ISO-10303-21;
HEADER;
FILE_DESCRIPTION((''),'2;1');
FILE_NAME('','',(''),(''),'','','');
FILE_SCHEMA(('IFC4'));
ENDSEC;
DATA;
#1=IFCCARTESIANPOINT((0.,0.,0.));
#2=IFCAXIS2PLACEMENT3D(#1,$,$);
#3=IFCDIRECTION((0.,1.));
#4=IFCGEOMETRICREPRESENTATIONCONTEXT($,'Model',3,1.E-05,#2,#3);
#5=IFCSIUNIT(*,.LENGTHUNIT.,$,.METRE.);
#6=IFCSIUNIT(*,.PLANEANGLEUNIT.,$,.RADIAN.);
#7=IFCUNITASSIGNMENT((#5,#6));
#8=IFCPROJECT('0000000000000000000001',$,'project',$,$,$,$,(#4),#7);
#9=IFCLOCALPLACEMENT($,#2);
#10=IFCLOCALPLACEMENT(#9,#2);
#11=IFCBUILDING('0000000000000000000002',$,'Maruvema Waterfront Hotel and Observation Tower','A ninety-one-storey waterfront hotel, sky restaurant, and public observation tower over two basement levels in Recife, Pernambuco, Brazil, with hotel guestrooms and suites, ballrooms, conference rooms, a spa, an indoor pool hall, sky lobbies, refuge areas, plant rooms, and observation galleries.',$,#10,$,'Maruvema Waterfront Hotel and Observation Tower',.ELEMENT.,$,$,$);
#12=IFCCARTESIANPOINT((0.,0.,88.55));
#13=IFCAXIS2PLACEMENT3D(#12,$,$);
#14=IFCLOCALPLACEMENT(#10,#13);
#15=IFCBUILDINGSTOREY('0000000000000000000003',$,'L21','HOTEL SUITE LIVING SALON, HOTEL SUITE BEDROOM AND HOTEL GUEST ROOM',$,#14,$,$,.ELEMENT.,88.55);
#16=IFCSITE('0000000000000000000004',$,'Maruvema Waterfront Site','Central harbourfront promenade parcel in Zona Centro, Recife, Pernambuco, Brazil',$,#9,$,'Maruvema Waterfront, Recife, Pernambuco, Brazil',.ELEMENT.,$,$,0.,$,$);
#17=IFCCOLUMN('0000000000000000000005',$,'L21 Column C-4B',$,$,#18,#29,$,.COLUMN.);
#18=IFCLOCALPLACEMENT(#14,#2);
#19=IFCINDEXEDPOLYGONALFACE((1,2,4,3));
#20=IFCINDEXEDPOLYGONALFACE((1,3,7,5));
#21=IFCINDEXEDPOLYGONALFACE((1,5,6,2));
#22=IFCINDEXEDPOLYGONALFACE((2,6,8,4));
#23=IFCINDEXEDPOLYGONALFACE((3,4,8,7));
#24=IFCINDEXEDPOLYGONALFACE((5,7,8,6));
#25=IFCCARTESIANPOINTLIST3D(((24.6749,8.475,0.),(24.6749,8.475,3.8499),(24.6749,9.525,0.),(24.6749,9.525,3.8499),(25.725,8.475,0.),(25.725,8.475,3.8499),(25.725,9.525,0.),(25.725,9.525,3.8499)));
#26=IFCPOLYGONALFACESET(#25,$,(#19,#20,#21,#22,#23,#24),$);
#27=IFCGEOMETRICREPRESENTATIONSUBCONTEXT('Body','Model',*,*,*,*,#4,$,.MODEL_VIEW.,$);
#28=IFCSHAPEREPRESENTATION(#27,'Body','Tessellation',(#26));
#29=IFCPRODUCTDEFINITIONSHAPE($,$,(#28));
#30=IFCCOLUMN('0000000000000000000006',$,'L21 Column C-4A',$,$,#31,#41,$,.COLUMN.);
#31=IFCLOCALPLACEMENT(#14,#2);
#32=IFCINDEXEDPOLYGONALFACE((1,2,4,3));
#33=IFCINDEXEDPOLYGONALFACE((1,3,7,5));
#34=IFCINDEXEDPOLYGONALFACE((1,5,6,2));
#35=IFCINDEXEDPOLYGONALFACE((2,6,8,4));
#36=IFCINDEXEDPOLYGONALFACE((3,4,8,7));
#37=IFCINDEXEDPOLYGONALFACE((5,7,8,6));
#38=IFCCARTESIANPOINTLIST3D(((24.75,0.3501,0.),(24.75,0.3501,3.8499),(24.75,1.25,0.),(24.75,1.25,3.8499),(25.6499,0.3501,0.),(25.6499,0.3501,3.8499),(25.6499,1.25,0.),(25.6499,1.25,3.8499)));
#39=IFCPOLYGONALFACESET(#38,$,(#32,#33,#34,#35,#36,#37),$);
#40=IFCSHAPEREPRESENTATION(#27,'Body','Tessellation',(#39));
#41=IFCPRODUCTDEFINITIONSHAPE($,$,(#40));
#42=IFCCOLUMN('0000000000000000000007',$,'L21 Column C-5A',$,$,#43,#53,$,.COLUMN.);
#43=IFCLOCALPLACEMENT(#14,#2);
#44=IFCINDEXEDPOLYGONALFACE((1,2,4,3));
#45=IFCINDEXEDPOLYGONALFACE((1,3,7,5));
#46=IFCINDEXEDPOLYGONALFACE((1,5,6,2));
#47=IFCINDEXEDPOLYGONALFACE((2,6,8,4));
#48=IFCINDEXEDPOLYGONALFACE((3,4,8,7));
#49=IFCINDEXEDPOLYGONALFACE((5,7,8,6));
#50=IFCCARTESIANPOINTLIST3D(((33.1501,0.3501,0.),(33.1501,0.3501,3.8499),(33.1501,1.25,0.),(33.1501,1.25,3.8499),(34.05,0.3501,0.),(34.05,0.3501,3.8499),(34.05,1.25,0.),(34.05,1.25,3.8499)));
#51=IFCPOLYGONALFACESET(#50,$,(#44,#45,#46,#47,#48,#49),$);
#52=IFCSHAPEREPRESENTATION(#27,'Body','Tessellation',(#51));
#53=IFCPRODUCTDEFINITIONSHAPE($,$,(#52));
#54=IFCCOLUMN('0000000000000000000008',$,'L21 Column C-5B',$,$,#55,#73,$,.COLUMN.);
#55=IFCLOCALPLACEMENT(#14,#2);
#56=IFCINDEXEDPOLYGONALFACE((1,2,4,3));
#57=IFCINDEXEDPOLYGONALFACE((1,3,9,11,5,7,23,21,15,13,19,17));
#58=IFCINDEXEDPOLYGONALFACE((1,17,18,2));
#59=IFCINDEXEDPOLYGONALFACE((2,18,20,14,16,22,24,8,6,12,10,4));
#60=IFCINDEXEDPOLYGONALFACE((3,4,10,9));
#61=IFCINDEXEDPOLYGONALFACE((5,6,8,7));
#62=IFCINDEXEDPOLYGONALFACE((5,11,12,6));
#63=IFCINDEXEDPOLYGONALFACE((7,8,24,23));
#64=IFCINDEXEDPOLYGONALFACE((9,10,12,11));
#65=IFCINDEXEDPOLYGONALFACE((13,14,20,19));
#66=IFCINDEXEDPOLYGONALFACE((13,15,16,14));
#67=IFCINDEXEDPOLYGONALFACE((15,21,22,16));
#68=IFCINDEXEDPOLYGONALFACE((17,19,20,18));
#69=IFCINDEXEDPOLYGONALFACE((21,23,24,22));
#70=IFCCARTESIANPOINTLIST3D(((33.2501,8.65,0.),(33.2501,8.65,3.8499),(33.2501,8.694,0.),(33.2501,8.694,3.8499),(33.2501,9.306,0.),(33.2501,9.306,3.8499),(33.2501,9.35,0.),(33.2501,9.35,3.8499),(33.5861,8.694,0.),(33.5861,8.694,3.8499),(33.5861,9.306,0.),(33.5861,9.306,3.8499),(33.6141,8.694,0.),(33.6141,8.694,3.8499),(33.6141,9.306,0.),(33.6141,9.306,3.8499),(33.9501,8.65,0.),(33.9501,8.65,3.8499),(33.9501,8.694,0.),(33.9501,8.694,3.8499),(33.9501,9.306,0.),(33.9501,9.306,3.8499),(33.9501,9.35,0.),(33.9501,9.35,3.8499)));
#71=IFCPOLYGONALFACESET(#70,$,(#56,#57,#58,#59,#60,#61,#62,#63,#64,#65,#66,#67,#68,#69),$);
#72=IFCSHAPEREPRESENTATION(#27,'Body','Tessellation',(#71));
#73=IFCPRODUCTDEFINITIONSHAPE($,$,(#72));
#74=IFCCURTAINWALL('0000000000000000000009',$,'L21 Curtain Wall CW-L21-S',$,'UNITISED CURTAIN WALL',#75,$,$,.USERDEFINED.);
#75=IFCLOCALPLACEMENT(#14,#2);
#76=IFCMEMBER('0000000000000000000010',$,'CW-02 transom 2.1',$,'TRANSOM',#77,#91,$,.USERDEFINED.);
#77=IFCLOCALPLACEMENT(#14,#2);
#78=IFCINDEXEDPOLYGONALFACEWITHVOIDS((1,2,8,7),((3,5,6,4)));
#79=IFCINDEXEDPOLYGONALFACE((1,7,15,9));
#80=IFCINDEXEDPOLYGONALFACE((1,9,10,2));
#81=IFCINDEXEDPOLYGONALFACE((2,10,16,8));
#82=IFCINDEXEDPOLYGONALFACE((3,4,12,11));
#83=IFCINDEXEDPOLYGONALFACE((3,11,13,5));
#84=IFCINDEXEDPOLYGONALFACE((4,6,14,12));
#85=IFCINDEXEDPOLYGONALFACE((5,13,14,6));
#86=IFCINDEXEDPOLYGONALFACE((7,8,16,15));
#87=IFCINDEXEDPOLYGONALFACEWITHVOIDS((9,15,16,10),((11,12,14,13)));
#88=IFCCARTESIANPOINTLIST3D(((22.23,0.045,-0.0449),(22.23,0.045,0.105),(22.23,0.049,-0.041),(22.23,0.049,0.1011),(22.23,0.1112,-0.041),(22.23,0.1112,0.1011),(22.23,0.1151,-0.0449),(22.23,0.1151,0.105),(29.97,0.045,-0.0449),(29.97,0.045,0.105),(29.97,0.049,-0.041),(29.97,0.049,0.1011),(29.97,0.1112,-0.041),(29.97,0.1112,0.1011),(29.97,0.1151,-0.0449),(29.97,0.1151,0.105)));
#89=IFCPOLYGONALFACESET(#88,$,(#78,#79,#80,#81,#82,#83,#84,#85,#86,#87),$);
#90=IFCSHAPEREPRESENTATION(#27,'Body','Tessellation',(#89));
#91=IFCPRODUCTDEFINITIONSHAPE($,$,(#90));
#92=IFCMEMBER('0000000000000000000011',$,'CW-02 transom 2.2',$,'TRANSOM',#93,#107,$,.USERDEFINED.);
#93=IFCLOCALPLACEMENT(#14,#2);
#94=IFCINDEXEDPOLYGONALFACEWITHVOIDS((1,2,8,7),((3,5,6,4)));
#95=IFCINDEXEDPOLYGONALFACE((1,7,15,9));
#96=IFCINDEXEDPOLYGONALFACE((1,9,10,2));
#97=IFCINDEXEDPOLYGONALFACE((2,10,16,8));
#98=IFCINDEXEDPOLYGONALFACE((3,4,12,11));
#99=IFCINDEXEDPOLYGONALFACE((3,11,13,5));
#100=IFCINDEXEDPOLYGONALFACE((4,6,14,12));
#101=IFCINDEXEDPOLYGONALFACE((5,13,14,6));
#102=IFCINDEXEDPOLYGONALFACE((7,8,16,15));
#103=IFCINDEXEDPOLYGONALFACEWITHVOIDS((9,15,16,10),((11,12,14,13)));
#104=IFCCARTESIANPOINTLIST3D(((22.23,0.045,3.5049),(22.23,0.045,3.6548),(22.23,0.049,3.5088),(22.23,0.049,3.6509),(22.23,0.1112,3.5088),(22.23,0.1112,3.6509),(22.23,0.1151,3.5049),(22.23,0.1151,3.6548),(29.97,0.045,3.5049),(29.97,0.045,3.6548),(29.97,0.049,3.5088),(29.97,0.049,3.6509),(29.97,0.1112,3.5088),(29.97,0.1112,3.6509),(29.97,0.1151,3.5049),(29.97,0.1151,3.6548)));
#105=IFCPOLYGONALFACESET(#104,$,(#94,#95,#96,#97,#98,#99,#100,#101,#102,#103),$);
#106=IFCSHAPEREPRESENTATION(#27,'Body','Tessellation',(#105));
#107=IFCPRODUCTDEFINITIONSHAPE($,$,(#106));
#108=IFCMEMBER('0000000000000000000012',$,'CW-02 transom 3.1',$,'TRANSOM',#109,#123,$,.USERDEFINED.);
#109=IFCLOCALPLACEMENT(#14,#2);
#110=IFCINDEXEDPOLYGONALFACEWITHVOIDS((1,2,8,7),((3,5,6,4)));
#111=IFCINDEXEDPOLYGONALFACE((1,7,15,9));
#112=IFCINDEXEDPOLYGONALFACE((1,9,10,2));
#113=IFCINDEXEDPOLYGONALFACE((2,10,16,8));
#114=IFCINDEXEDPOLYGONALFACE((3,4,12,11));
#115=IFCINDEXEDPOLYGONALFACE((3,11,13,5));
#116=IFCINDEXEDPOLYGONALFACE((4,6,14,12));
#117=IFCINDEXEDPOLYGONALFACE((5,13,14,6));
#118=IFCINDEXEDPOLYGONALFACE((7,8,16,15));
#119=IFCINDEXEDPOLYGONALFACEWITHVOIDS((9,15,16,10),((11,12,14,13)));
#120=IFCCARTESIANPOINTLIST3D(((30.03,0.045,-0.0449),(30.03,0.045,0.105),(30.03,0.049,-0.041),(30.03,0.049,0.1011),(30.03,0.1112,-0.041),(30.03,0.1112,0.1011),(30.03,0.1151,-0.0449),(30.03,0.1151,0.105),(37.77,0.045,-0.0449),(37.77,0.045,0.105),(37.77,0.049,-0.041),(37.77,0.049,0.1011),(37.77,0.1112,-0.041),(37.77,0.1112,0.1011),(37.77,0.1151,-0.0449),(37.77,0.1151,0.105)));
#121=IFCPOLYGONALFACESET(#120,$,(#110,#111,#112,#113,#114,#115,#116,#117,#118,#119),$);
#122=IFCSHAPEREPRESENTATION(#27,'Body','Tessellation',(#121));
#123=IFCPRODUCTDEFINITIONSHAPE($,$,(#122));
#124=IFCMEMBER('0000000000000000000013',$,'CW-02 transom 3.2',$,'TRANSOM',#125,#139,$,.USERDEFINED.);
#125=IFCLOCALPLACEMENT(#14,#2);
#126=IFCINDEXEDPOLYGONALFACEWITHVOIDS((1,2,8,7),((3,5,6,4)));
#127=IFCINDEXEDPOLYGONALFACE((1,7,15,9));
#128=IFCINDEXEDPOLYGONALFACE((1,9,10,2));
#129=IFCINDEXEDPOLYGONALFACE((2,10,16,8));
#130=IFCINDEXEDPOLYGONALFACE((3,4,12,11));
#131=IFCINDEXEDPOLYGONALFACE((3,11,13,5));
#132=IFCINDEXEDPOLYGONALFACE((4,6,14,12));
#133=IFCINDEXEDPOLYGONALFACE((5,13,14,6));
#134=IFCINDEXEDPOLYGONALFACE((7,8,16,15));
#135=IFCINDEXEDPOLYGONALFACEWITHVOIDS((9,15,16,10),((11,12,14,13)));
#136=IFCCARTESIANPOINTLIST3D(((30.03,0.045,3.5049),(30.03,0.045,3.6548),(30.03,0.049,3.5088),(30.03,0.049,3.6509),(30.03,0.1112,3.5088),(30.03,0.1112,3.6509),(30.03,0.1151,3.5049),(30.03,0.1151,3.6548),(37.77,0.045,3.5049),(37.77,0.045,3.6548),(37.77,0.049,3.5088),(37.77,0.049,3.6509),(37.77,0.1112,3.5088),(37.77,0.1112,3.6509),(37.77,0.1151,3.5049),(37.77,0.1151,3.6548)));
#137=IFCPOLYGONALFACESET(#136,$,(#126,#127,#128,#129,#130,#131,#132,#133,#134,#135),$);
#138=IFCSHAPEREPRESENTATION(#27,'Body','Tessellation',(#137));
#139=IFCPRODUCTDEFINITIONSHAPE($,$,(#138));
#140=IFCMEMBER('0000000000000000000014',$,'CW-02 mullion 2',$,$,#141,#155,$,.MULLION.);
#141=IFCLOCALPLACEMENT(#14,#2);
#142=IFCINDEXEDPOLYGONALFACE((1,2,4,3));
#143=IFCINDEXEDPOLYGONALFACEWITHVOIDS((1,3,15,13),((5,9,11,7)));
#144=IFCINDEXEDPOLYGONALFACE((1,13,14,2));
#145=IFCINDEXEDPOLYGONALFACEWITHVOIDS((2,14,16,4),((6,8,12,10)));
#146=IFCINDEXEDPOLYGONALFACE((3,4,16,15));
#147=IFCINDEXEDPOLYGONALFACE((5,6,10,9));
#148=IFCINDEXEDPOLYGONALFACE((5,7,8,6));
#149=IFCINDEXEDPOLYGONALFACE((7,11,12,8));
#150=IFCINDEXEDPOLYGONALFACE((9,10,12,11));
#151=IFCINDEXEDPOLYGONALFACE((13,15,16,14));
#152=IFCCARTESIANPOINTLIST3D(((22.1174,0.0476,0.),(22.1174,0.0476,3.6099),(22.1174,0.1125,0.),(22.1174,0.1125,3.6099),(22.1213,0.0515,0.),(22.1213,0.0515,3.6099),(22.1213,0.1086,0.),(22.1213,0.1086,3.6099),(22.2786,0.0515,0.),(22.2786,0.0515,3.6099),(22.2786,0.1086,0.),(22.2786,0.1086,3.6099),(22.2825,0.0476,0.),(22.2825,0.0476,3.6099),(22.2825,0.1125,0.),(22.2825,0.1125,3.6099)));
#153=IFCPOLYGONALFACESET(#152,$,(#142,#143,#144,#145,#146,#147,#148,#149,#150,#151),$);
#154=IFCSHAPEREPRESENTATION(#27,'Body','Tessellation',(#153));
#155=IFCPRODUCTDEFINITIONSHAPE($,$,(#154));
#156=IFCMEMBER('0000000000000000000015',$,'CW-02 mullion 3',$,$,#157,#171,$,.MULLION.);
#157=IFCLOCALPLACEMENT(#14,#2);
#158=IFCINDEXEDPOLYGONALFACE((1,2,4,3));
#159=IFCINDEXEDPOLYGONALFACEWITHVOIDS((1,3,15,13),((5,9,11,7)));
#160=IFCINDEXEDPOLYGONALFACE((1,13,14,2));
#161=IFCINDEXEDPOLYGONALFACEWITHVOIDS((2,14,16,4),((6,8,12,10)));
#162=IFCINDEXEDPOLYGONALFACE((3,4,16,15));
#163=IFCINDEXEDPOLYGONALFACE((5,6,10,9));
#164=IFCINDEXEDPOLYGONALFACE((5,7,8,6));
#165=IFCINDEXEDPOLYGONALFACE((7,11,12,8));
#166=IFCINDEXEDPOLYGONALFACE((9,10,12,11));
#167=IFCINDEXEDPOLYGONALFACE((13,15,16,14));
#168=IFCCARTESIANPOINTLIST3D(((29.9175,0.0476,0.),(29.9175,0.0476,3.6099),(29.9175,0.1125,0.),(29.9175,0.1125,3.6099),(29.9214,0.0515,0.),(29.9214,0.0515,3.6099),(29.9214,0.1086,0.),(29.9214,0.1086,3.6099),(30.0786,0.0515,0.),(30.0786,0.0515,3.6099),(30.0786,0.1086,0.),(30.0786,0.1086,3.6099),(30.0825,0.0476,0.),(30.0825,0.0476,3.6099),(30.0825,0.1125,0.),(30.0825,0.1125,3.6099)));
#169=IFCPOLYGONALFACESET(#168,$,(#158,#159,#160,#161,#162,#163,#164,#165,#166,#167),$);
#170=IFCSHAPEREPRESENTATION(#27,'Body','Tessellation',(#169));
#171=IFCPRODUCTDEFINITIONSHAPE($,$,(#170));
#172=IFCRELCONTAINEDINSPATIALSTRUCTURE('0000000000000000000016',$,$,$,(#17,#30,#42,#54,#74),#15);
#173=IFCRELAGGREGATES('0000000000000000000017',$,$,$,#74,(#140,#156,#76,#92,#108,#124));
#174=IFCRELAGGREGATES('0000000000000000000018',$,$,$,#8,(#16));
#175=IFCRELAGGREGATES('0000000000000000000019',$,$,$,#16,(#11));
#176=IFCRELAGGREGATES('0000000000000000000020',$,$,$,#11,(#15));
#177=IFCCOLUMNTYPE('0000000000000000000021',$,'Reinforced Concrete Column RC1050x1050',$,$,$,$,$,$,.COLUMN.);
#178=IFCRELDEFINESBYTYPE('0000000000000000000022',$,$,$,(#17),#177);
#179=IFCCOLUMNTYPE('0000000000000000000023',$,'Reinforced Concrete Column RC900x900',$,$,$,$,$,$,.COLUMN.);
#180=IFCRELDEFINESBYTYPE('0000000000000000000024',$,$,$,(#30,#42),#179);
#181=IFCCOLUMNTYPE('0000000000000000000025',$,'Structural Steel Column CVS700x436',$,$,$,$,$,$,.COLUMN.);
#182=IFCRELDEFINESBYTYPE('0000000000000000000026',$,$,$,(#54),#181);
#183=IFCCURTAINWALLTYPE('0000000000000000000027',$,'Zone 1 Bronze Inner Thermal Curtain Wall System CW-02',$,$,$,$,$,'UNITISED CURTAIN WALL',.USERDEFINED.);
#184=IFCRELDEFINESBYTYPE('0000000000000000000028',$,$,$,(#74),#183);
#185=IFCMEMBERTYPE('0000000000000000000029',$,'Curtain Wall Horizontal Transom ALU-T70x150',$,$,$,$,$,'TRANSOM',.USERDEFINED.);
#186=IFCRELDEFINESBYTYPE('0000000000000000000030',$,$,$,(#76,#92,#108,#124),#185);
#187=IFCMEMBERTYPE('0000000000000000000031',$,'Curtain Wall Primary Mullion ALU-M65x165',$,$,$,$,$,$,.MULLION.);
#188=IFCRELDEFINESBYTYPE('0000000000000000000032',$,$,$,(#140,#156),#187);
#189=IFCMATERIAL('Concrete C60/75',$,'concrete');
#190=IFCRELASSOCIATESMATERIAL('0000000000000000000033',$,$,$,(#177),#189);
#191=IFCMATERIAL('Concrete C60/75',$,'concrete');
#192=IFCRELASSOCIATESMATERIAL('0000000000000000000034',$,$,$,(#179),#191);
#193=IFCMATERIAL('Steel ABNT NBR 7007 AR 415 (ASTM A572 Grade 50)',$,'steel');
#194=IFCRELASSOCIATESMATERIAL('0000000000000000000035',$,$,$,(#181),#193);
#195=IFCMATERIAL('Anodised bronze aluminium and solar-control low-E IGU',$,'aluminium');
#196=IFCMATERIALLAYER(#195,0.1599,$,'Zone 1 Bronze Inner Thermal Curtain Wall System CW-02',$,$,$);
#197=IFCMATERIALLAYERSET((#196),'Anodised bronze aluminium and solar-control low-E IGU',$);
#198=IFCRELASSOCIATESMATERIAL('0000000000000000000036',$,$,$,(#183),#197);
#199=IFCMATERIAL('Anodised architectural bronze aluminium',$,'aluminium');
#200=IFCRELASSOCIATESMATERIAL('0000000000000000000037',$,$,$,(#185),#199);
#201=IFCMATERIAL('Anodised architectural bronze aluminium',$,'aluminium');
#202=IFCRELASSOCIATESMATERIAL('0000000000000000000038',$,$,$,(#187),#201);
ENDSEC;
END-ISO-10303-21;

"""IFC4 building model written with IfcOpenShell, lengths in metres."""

from ifc_helpers import new_model, si_unit, direction, frame, origin, origin_2d, place, context, subcontext, project, spatial, rectangle, hollow_rectangle, i_section, extrude, material, layer, layer_set, material_profile, profile_set, type_object, element, aggregate, save


model = new_model("IFC4")

# Units and contexts
model_context = context("Model", 3, precision=1e-05, world=origin(), true_north=direction((0.0, 1.0)))
body_context = subcontext(model_context, "Body", "Model", "MODEL_VIEW")
ifc_project = project(units=[si_unit("LENGTHUNIT", "METRE"), si_unit("PLANEANGLEUNIT", "RADIAN")], contexts=[model_context])

# Site, building, storey
site_placement = place(None, origin())
site = spatial("IfcSite", under=ifc_project, at=site_placement, Name="Maruvema Waterfront Site", Description="Central harbourfront promenade parcel in Zona Centro, Recife, Pernambuco, Brazil", LongName="Maruvema Waterfront, Recife, Pernambuco, Brazil", CompositionType="ELEMENT", RefElevation=0.0)
building_placement = place(site_placement, origin())
building = spatial("IfcBuilding", under=site, at=building_placement, Name="Maruvema Waterfront Hotel and Observation Tower", Description="A ninety-one-storey waterfront hotel, sky restaurant, and public observation tower over two basement levels in Recife, Pernambuco, Brazil, with hotel guestrooms and suites, ballrooms, conference rooms, a spa, an indoor pool hall, sky lobbies, refuge areas, plant rooms, and observation galleries.", LongName="Maruvema Waterfront Hotel and Observation Tower", CompositionType="ELEMENT")
storey_placement = place(building_placement, frame((0.0, 0.0, 88.55)))
storey = spatial("IfcBuildingStorey", under=building, at=storey_placement, Name="L21", Description="HOTEL SUITE LIVING SALON, HOTEL SUITE BEDROOM AND HOTEL GUEST ROOM", CompositionType="ELEMENT", Elevation=88.55)

# Columns
ifc_material_1 = material(Name="Concrete C60/75", Category="concrete")
ifc_material_profile_1 = material_profile(ifc_material_1, rectangle(XDim=1.05, YDim=1.05, at=origin_2d()), Name="RC1050x1050")
ifc_profile_set_1 = profile_set([ifc_material_profile_1], Name="Concrete C60/75")
column_type_1 = type_object("IfcColumnType", Name="Reinforced Concrete Column RC1050x1050", PredefinedType="COLUMN", material=ifc_profile_set_1)
column_1_placement = place(storey_placement, frame((25.2, 9.0, 0.0), z_axis=(0.0, 0.0, 1.0), x_axis=(1.0, 0.0, 0.0)))
element("IfcColumn", 1, at=column_1_placement, inside=storey, type_object=column_type_1, Name="L21 Column C-4B", PredefinedType="COLUMN", context=body_context, shape_type="SweptSolid", body=[
    extrude(rectangle(XDim=1.05, YDim=1.05, at=origin_2d()), origin(), (0.0, 0.0, 1.0), 3.8499),
])
ifc_material_2 = material(Name="Concrete C60/75", Category="concrete")
ifc_material_profile_2 = material_profile(ifc_material_2, rectangle(XDim=0.8999, YDim=0.8999, at=origin_2d()), Name="RC900x900")
ifc_profile_set_2 = profile_set([ifc_material_profile_2], Name="Concrete C60/75")
column_type_2 = type_object("IfcColumnType", Name="Reinforced Concrete Column RC900x900", PredefinedType="COLUMN", material=ifc_profile_set_2)
for number, where, z_axis, x_axis, name in (
    (2, (25.2, 0.8, 0.0), (0.0, 0.0, 1.0), (1.0, 0.0, 0.0), "L21 Column C-4A"),
    (3, (33.6001, 0.8, 0.0), (0.0, 0.0, 1.0), (1.0, 0.0, 0.0), "L21 Column C-5A"),
):
    element("IfcColumn", number, at=place(storey_placement, frame(where, z_axis=z_axis, x_axis=x_axis)), inside=storey, type_object=column_type_2, Name=name, PredefinedType="COLUMN", context=body_context, shape_type="SweptSolid", body=[
        extrude(rectangle(XDim=0.8999, YDim=0.8999, at=origin_2d()), origin(), (0.0, 0.0, 1.0), 3.8499),
    ])
ifc_material_3 = material(Name="Steel ABNT NBR 7007 AR 415 (ASTM A572 Grade 50)", Category="steel")
ifc_material_profile_3 = material_profile(ifc_material_3, i_section(OverallWidth=0.7, OverallDepth=0.7, WebThickness=0.0281, FlangeThickness=0.0439, at=origin_2d()), Name="CVS700x436")
ifc_profile_set_3 = profile_set([ifc_material_profile_3], Name="Steel ABNT NBR 7007 AR 415 (ASTM A572 Grade 50)")
column_type_3 = type_object("IfcColumnType", Name="Structural Steel Column CVS700x436", PredefinedType="COLUMN", material=ifc_profile_set_3)
column_2_placement = place(storey_placement, frame((33.6001, 9.0, 0.0), z_axis=(0.0, 0.0, 1.0), x_axis=(1.0, 0.0, 0.0)))
element("IfcColumn", 4, at=column_2_placement, inside=storey, type_object=column_type_3, Name="L21 Column C-5B", PredefinedType="COLUMN", context=body_context, shape_type="SweptSolid", body=[
    extrude(i_section(OverallWidth=0.7, OverallDepth=0.7, WebThickness=0.0281, FlangeThickness=0.0439, at=origin_2d()), origin(), (0.0, 0.0, 1.0), 3.8499),
])

# Curtain wall, members
ifc_material_4 = material(Name="Anodised bronze aluminium and solar-control low-E IGU", Category="aluminium")
ifc_layer_1 = layer(ifc_material_4, 0.1599, Name="Zone 1 Bronze Inner Thermal Curtain Wall System CW-02")
ifc_layer_set_1 = layer_set([ifc_layer_1], Name="Anodised bronze aluminium and solar-control low-E IGU")
curtain_wall_type = type_object("IfcCurtainWallType", Name="Zone 1 Bronze Inner Thermal Curtain Wall System CW-02", ElementType="UNITISED CURTAIN WALL", PredefinedType="USERDEFINED", material=ifc_layer_set_1)
curtain_wall_placement = place(storey_placement, origin())
curtain_wall = element("IfcCurtainWall", 5, at=curtain_wall_placement, inside=storey, type_object=curtain_wall_type, Name="L21 Curtain Wall CW-L21-S", ObjectType="UNITISED CURTAIN WALL", PredefinedType="USERDEFINED")
ifc_material_5 = material(Name="Anodised architectural bronze aluminium", Category="aluminium")
ifc_material_profile_4 = material_profile(ifc_material_5, hollow_rectangle(XDim=0.0701, YDim=0.1499, WallThickness=0.0039, at=origin_2d()), Name="ALU-T70x150")
ifc_profile_set_4 = profile_set([ifc_material_profile_4], Name="Anodised architectural bronze aluminium")
member_type_1 = type_object("IfcMemberType", Name="Curtain Wall Horizontal Transom ALU-T70x150", ElementType="TRANSOM", PredefinedType="USERDEFINED", material=ifc_profile_set_4)
member_1_placement = place(storey_placement, frame((22.23, 0.0801, 0.03), z_axis=(1.0, 0.0, 0.0), x_axis=(0.0, 1.0, 0.0)))
member_1 = element("IfcMember", 6, at=member_1_placement, type_object=member_type_1, Name="CW-02 transom 2.1", ObjectType="TRANSOM", PredefinedType="USERDEFINED", context=body_context, shape_type="SweptSolid", body=[
    extrude(hollow_rectangle(XDim=0.0701, YDim=0.1499, WallThickness=0.0039, at=origin_2d()), origin(), (0.0, 0.0, 1.0), 7.74),
])
member_2_placement = place(storey_placement, frame((22.23, 0.0801, 3.5798), z_axis=(1.0, 0.0, 0.0), x_axis=(0.0, 1.0, 0.0)))
member_2 = element("IfcMember", 7, at=member_2_placement, type_object=member_type_1, Name="CW-02 transom 2.2", ObjectType="TRANSOM", PredefinedType="USERDEFINED", context=body_context, shape_type="SweptSolid", body=[
    extrude(hollow_rectangle(XDim=0.0701, YDim=0.1499, WallThickness=0.0039, at=origin_2d()), origin(), (0.0, 0.0, 1.0), 7.74),
])
member_3_placement = place(storey_placement, frame((30.03, 0.0801, 0.03), z_axis=(1.0, 0.0, 0.0), x_axis=(0.0, 1.0, 0.0)))
member_3 = element("IfcMember", 8, at=member_3_placement, type_object=member_type_1, Name="CW-02 transom 3.1", ObjectType="TRANSOM", PredefinedType="USERDEFINED", context=body_context, shape_type="SweptSolid", body=[
    extrude(hollow_rectangle(XDim=0.0701, YDim=0.1499, WallThickness=0.0039, at=origin_2d()), origin(), (0.0, 0.0, 1.0), 7.74),
])
member_4_placement = place(storey_placement, frame((30.03, 0.0801, 3.5798), z_axis=(1.0, 0.0, 0.0), x_axis=(0.0, 1.0, 0.0)))
member_4 = element("IfcMember", 9, at=member_4_placement, type_object=member_type_1, Name="CW-02 transom 3.2", ObjectType="TRANSOM", PredefinedType="USERDEFINED", context=body_context, shape_type="SweptSolid", body=[
    extrude(hollow_rectangle(XDim=0.0701, YDim=0.1499, WallThickness=0.0039, at=origin_2d()), origin(), (0.0, 0.0, 1.0), 7.74),
])
ifc_material_6 = material(Name="Anodised architectural bronze aluminium", Category="aluminium")
ifc_material_profile_5 = material_profile(ifc_material_6, hollow_rectangle(XDim=0.0649, YDim=0.165, WallThickness=0.0039, at=origin_2d()), Name="ALU-M65x165")
ifc_profile_set_5 = profile_set([ifc_material_profile_5], Name="Anodised architectural bronze aluminium")
member_type_2 = type_object("IfcMemberType", Name="Curtain Wall Primary Mullion ALU-M65x165", PredefinedType="MULLION", material=ifc_profile_set_5)
member_5_placement = place(storey_placement, frame((22.2, 0.0801, 0.0), z_axis=(0.0, 0.0, 1.0), x_axis=(0.0, 1.0, 0.0)))
member_5 = element("IfcMember", 10, at=member_5_placement, type_object=member_type_2, Name="CW-02 mullion 2", PredefinedType="MULLION", context=body_context, shape_type="SweptSolid", body=[
    extrude(hollow_rectangle(XDim=0.0649, YDim=0.165, WallThickness=0.0039, at=origin_2d()), origin(), (0.0, 0.0, 1.0), 3.6099),
])
member_6_placement = place(storey_placement, frame((30.0, 0.0801, 0.0), z_axis=(0.0, 0.0, 1.0), x_axis=(0.0, 1.0, 0.0)))
member_6 = element("IfcMember", 11, at=member_6_placement, type_object=member_type_2, Name="CW-02 mullion 3", PredefinedType="MULLION", context=body_context, shape_type="SweptSolid", body=[
    extrude(hollow_rectangle(XDim=0.0649, YDim=0.165, WallThickness=0.0039, at=origin_2d()), origin(), (0.0, 0.0, 1.0), 3.6099),
])

aggregate(curtain_wall, [member_5, member_6, member_1, member_2, member_3, member_4])

save(model, "model.ifc")
